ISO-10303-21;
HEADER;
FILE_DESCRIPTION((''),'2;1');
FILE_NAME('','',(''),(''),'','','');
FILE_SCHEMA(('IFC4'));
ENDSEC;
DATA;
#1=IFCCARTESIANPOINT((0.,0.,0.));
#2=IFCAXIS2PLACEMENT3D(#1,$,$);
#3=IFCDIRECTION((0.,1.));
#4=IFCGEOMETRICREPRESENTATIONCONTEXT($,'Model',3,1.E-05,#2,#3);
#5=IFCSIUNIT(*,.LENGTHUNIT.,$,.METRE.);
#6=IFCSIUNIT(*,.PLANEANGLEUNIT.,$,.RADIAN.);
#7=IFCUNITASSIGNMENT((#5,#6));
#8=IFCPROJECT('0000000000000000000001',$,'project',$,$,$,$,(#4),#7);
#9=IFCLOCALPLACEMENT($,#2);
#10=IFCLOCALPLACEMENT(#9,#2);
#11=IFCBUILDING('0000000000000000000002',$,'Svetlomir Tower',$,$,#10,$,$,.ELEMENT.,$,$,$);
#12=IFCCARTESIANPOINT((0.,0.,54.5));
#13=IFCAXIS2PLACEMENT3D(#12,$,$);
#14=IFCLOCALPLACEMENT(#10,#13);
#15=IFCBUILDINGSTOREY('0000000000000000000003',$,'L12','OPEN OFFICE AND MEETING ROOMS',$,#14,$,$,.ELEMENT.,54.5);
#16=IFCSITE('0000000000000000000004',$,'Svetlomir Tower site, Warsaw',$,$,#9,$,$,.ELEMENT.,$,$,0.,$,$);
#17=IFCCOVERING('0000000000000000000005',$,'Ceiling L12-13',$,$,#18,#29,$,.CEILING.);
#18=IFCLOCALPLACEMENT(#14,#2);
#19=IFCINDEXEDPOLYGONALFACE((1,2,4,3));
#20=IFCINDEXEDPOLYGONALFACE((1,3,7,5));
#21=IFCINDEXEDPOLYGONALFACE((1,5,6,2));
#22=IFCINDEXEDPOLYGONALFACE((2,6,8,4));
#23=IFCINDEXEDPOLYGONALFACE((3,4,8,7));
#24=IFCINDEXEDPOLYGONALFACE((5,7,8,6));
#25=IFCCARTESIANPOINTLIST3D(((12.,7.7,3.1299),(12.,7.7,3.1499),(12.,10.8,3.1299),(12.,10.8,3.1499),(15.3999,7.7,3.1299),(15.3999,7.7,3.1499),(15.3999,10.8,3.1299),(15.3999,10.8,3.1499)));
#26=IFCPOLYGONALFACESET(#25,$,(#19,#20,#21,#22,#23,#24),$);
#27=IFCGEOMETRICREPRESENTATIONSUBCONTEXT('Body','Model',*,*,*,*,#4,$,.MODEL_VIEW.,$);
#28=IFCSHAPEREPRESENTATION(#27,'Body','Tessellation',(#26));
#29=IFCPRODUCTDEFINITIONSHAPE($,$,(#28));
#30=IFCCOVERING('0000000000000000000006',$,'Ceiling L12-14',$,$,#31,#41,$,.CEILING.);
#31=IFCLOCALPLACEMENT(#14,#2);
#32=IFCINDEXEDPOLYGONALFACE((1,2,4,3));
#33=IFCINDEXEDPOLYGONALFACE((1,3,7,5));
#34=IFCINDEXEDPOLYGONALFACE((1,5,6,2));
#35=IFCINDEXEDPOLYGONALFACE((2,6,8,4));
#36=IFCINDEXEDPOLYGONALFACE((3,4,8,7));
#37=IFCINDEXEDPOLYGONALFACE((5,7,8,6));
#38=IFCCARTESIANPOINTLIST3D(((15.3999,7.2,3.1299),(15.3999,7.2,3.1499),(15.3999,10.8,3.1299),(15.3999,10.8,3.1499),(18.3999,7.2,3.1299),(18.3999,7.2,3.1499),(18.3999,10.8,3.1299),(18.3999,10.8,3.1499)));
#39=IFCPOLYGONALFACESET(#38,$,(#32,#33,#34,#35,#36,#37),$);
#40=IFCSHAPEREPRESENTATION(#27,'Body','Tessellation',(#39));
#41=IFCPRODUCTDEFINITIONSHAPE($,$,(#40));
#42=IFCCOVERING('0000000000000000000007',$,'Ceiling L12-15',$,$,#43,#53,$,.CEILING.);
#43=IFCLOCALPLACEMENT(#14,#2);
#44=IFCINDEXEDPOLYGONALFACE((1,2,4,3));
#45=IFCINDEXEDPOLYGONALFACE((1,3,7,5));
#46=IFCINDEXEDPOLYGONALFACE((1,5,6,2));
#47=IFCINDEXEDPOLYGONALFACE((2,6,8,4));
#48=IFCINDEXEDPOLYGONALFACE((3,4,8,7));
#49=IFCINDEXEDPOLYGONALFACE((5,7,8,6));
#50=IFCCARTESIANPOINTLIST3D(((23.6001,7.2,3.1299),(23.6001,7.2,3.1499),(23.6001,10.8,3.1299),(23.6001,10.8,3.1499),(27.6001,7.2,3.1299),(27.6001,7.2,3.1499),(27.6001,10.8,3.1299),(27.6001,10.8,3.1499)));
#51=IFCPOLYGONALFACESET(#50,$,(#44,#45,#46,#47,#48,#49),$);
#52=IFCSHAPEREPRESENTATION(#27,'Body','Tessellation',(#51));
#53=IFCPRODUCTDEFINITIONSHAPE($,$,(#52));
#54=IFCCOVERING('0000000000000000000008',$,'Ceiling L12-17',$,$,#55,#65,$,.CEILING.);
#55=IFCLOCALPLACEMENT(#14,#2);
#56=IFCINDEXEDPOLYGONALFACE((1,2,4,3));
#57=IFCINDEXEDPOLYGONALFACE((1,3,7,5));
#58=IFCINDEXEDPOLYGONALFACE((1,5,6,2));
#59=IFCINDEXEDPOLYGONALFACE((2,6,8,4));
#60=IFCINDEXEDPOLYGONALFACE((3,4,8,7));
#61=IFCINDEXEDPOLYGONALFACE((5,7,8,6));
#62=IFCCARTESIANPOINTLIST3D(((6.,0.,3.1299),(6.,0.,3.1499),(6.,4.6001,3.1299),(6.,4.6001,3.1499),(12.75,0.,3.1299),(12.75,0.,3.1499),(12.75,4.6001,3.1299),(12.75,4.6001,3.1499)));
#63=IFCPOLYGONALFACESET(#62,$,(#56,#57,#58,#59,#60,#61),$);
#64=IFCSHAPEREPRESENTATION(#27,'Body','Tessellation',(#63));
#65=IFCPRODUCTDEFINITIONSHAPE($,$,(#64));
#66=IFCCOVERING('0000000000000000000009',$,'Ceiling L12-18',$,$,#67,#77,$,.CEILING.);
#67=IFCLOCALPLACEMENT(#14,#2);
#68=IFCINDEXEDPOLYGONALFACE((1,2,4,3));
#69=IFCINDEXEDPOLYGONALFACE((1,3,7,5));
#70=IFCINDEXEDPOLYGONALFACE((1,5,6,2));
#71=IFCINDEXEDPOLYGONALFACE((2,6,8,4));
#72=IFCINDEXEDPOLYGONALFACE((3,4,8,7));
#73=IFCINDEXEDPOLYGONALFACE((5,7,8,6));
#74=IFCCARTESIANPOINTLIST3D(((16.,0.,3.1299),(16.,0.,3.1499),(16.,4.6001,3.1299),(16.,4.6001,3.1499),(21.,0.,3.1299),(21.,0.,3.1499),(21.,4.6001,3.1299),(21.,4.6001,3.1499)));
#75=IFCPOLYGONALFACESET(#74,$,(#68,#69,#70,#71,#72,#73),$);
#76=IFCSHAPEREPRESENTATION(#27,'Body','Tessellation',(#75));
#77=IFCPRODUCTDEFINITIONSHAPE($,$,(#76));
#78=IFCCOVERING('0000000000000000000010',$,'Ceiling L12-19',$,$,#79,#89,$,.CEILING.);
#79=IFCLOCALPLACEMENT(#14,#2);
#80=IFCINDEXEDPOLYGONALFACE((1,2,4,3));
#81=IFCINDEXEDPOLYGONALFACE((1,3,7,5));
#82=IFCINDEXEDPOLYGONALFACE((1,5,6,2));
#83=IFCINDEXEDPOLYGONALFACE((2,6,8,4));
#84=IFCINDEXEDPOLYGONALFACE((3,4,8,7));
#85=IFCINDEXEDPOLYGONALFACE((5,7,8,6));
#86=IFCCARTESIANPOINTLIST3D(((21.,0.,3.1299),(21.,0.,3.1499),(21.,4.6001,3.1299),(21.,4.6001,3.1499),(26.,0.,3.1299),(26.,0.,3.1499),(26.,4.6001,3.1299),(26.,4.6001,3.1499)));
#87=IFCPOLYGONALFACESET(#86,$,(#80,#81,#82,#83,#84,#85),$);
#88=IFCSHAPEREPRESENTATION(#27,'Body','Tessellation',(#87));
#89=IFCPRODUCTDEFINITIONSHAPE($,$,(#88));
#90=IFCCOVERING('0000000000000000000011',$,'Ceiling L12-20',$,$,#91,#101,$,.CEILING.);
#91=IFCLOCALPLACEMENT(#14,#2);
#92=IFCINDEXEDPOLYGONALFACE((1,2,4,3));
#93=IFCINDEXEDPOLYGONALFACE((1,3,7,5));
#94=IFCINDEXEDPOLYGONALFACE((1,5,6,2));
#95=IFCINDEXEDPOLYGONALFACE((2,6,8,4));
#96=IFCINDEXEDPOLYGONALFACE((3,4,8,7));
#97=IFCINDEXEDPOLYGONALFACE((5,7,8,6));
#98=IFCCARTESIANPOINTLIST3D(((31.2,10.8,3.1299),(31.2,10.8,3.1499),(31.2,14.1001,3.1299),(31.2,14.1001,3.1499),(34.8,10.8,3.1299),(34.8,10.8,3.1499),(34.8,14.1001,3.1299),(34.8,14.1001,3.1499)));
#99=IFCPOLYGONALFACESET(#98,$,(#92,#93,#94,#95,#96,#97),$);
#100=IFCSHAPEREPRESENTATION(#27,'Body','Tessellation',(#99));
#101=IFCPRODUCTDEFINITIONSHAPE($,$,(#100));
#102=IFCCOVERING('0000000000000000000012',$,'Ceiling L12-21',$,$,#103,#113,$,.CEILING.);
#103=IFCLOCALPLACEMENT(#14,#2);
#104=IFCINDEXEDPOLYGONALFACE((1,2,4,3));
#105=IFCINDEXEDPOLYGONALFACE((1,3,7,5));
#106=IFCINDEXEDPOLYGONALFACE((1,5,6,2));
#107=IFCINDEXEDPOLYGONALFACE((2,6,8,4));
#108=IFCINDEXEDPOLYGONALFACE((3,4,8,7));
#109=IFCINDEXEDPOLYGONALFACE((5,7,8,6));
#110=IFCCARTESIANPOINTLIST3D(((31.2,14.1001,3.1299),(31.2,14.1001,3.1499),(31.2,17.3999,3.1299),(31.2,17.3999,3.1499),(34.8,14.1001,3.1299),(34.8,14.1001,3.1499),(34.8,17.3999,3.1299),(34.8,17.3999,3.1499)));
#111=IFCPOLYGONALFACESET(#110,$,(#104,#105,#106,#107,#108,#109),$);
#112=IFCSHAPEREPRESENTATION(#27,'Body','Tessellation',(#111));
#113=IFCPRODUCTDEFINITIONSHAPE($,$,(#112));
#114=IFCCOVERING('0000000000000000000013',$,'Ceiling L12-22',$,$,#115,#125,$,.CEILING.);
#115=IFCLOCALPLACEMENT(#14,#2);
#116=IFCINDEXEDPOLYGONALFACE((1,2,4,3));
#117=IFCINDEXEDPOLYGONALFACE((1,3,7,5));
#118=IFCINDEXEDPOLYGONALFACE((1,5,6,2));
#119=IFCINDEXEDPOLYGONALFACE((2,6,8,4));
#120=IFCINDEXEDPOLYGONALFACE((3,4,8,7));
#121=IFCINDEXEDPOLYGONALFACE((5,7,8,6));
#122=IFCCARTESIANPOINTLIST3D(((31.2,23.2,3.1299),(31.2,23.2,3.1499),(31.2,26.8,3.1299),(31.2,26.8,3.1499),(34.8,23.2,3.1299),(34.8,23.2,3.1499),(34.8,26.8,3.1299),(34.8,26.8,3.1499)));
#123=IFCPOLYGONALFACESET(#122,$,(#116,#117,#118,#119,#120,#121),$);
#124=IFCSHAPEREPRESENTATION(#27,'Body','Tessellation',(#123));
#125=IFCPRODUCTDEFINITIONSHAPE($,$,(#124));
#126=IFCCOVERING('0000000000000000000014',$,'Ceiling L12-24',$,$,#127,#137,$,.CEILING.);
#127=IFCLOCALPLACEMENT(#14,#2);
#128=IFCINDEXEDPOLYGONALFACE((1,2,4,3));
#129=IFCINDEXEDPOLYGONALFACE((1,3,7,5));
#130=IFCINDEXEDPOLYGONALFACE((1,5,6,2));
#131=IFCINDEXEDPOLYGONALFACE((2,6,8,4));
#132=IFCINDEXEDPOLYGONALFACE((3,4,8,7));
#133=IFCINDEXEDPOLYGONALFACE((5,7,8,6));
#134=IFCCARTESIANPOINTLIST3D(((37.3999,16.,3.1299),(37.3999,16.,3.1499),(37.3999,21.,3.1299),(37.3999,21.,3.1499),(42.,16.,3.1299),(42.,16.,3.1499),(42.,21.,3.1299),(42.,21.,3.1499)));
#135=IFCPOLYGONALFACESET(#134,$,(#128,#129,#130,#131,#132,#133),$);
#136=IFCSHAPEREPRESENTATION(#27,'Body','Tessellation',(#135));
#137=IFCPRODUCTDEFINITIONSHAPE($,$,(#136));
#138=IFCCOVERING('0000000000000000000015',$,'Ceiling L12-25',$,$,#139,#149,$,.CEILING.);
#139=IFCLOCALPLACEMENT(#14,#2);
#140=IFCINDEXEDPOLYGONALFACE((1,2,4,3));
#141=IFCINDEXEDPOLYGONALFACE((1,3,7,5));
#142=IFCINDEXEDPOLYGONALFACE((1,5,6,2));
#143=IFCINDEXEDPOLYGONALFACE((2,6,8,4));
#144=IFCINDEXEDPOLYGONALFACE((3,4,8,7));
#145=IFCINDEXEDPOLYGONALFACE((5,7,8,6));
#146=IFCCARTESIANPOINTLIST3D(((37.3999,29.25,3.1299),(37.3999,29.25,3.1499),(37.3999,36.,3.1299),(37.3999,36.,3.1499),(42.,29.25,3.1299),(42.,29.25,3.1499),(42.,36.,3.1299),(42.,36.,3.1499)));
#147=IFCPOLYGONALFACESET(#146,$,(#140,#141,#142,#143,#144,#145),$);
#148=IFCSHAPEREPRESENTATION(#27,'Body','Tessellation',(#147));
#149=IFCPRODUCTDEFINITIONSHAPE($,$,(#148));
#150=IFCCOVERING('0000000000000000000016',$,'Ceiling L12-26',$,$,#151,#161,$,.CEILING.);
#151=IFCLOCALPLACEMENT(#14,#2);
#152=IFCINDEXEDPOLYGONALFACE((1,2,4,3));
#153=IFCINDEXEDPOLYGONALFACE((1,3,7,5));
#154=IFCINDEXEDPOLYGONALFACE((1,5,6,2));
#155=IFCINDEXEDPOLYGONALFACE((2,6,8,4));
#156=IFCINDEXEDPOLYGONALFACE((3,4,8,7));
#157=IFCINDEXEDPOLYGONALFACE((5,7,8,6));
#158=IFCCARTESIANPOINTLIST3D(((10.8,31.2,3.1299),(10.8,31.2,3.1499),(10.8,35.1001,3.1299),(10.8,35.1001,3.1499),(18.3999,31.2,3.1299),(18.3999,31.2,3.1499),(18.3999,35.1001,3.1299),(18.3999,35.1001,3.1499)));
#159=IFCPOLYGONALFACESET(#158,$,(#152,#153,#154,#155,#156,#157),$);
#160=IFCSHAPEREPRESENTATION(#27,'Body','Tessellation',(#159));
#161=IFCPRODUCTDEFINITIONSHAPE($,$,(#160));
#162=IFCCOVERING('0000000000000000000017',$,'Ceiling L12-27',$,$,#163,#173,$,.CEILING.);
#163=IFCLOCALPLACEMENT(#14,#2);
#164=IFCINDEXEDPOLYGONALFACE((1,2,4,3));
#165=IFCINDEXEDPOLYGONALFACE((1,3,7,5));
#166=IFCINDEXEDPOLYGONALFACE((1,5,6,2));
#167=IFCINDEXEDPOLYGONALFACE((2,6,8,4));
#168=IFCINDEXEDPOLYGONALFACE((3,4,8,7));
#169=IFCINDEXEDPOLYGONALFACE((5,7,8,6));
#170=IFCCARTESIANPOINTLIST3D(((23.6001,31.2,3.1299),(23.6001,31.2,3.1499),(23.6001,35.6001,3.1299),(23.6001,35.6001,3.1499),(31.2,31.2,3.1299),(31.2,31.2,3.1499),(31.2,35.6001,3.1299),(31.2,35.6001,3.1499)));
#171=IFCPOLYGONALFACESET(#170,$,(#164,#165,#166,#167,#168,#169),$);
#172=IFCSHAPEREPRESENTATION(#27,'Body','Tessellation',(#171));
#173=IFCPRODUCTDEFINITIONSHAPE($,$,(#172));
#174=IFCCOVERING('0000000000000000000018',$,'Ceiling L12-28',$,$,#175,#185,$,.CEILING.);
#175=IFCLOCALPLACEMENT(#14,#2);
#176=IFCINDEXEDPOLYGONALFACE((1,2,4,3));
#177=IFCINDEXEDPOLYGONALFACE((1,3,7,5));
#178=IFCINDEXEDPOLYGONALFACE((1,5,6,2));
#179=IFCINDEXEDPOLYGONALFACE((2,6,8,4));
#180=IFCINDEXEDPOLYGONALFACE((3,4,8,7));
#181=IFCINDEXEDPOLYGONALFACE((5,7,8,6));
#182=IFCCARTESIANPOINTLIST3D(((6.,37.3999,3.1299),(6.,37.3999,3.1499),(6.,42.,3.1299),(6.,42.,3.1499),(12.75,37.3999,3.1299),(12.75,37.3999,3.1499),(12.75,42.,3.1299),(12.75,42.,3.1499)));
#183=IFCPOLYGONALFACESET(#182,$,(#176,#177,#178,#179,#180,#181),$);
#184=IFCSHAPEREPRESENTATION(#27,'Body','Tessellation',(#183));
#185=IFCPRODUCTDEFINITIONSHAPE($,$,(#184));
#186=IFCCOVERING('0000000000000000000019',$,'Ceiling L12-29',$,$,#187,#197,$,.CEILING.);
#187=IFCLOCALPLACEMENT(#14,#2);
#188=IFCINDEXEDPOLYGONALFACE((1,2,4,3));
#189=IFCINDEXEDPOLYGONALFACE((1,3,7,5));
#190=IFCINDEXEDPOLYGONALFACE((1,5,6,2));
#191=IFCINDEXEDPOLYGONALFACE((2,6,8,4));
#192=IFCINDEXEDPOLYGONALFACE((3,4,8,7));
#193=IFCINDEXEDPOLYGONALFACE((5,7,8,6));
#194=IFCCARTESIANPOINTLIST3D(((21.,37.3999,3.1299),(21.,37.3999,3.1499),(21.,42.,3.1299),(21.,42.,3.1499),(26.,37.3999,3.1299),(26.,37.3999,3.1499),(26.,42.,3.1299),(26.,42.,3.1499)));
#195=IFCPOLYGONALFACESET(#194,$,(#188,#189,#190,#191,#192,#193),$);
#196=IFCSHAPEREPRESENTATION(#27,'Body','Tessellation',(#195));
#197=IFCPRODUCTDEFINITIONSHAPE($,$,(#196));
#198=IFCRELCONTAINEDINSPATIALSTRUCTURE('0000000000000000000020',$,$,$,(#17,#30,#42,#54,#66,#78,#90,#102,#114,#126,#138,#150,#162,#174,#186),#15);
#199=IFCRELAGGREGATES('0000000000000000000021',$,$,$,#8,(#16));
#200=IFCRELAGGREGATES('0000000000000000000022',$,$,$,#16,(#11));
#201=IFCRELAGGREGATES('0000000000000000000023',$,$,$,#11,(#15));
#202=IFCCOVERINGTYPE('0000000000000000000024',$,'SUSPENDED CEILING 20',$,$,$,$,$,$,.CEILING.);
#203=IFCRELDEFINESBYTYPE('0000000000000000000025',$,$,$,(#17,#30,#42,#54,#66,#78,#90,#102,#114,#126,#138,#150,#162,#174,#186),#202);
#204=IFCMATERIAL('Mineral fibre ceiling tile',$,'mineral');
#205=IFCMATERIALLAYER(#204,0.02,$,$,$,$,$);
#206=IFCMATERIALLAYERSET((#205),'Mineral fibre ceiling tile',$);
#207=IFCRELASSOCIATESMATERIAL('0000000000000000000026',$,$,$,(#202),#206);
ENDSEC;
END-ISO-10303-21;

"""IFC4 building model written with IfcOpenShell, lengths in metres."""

from ifc_helpers import new_model, si_unit, direction, frame, origin, place, context, subcontext, project, spatial, polyline, outline, extrude, material, layer, layer_set, type_object, element, save


model = new_model("IFC4")

# Units and contexts
model_context = context("Model", 3, precision=1e-05, world=origin(), true_north=direction((0.0, 1.0)))
body_context = subcontext(model_context, "Body", "Model", "MODEL_VIEW")
ifc_project = project(units=[si_unit("LENGTHUNIT", "METRE"), si_unit("PLANEANGLEUNIT", "RADIAN")], contexts=[model_context])

# Site, building, storey
site_placement = place(None, origin())
site = spatial("IfcSite", under=ifc_project, at=site_placement, Name="Svetlomir Tower site, Warsaw", CompositionType="ELEMENT", RefElevation=0.0)
building_placement = place(site_placement, origin())
building = spatial("IfcBuilding", under=site, at=building_placement, Name="Svetlomir Tower", CompositionType="ELEMENT")
storey_placement = place(building_placement, frame((0.0, 0.0, 54.5)))
storey = spatial("IfcBuildingStorey", under=building, at=storey_placement, Name="L12", Description="OPEN OFFICE AND MEETING ROOMS", CompositionType="ELEMENT", Elevation=54.5)

# Coverings
ifc_material_1 = material(Name="Mineral fibre ceiling tile", Category="mineral")
ifc_layer_1 = layer(ifc_material_1, 0.02)
ifc_layer_set_1 = layer_set([ifc_layer_1], Name="Mineral fibre ceiling tile")
covering_type_1 = type_object("IfcCoveringType", Name="SUSPENDED CEILING 20", PredefinedType="CEILING", material=ifc_layer_set_1)
covering_1_placement = place(storey_placement, frame((0.0, 0.0, 3.1299)))
element("IfcCovering", 1, at=covering_1_placement, inside=storey, type_object=covering_type_1, Name="Ceiling L12-13", PredefinedType="CEILING", context=body_context, shape_type="SweptSolid", body=[
    extrude(outline(polyline([(12.0, 7.7), (15.3999, 7.7), (15.3999, 10.8), (12.0, 10.8), (12.0, 7.7)])), origin(), (0.0, 0.0, 1.0), 0.02),
])
covering_2_placement = place(storey_placement, frame((0.0, 0.0, 3.1299)))
element("IfcCovering", 2, at=covering_2_placement, inside=storey, type_object=covering_type_1, Name="Ceiling L12-14", PredefinedType="CEILING", context=body_context, shape_type="SweptSolid", body=[
    extrude(outline(polyline([(15.3999, 7.2), (18.3999, 7.2), (18.3999, 10.8), (15.3999, 10.8), (15.3999, 7.2)])), origin(), (0.0, 0.0, 1.0), 0.02),
])
covering_3_placement = place(storey_placement, frame((0.0, 0.0, 3.1299)))
element("IfcCovering", 3, at=covering_3_placement, inside=storey, type_object=covering_type_1, Name="Ceiling L12-15", PredefinedType="CEILING", context=body_context, shape_type="SweptSolid", body=[
    extrude(outline(polyline([(23.6001, 7.2), (27.6001, 7.2), (27.6001, 10.8), (23.6001, 10.8), (23.6001, 7.2)])), origin(), (0.0, 0.0, 1.0), 0.02),
])
covering_4_placement = place(storey_placement, frame((0.0, 0.0, 3.1299)))
element("IfcCovering", 4, at=covering_4_placement, inside=storey, type_object=covering_type_1, Name="Ceiling L12-17", PredefinedType="CEILING", context=body_context, shape_type="SweptSolid", body=[
    extrude(outline(polyline([(6.0, 0.0), (12.75, 0.0), (12.75, 4.6001), (6.0, 4.6001), (6.0, 0.0)])), origin(), (0.0, 0.0, 1.0), 0.02),
])
covering_5_placement = place(storey_placement, frame((0.0, 0.0, 3.1299)))
element("IfcCovering", 5, at=covering_5_placement, inside=storey, type_object=covering_type_1, Name="Ceiling L12-18", PredefinedType="CEILING", context=body_context, shape_type="SweptSolid", body=[
    extrude(outline(polyline([(16.0, 0.0), (21.0, 0.0), (21.0, 4.6001), (16.0, 4.6001), (16.0, 0.0)])), origin(), (0.0, 0.0, 1.0), 0.02),
])
covering_6_placement = place(storey_placement, frame((0.0, 0.0, 3.1299)))
element("IfcCovering", 6, at=covering_6_placement, inside=storey, type_object=covering_type_1, Name="Ceiling L12-19", PredefinedType="CEILING", context=body_context, shape_type="SweptSolid", body=[
    extrude(outline(polyline([(21.0, 0.0), (26.0, 0.0), (26.0, 4.6001), (21.0, 4.6001), (21.0, 0.0)])), origin(), (0.0, 0.0, 1.0), 0.02),
])
covering_7_placement = place(storey_placement, frame((0.0, 0.0, 3.1299)))
element("IfcCovering", 7, at=covering_7_placement, inside=storey, type_object=covering_type_1, Name="Ceiling L12-20", PredefinedType="CEILING", context=body_context, shape_type="SweptSolid", body=[
    extrude(outline(polyline([(31.2, 10.8), (34.8, 10.8), (34.8, 14.1001), (31.2, 14.1001), (31.2, 10.8)])), origin(), (0.0, 0.0, 1.0), 0.02),
])
covering_8_placement = place(storey_placement, frame((0.0, 0.0, 3.1299)))
element("IfcCovering", 8, at=covering_8_placement, inside=storey, type_object=covering_type_1, Name="Ceiling L12-21", PredefinedType="CEILING", context=body_context, shape_type="SweptSolid", body=[
    extrude(outline(polyline([(31.2, 14.1001), (34.8, 14.1001), (34.8, 17.3999), (31.2, 17.3999), (31.2, 14.1001)])), origin(), (0.0, 0.0, 1.0), 0.02),
])
covering_9_placement = place(storey_placement, frame((0.0, 0.0, 3.1299)))
element("IfcCovering", 9, at=covering_9_placement, inside=storey, type_object=covering_type_1, Name="Ceiling L12-22", PredefinedType="CEILING", context=body_context, shape_type="SweptSolid", body=[
    extrude(outline(polyline([(31.2, 23.2), (34.8, 23.2), (34.8, 26.8), (31.2, 26.8), (31.2, 23.2)])), origin(), (0.0, 0.0, 1.0), 0.02),
])
covering_10_placement = place(storey_placement, frame((0.0, 0.0, 3.1299)))
element("IfcCovering", 10, at=covering_10_placement, inside=storey, type_object=covering_type_1, Name="Ceiling L12-24", PredefinedType="CEILING", context=body_context, shape_type="SweptSolid", body=[
    extrude(outline(polyline([(37.3999, 16.0), (42.0, 16.0), (42.0, 21.0), (37.3999, 21.0), (37.3999, 16.0)])), origin(), (0.0, 0.0, 1.0), 0.02),
])
covering_11_placement = place(storey_placement, frame((0.0, 0.0, 3.1299)))
element("IfcCovering", 11, at=covering_11_placement, inside=storey, type_object=covering_type_1, Name="Ceiling L12-25", PredefinedType="CEILING", context=body_context, shape_type="SweptSolid", body=[
    extrude(outline(polyline([(37.3999, 29.25), (42.0, 29.25), (42.0, 36.0), (37.3999, 36.0), (37.3999, 29.25)])), origin(), (0.0, 0.0, 1.0), 0.02),
])
covering_12_placement = place(storey_placement, frame((0.0, 0.0, 3.1299)))
element("IfcCovering", 12, at=covering_12_placement, inside=storey, type_object=covering_type_1, Name="Ceiling L12-26", PredefinedType="CEILING", context=body_context, shape_type="SweptSolid", body=[
    extrude(outline(polyline([(10.8, 31.2), (18.3999, 31.2), (18.3999, 35.1001), (10.8, 35.1001), (10.8, 31.2)])), origin(), (0.0, 0.0, 1.0), 0.02),
])
covering_13_placement = place(storey_placement, frame((0.0, 0.0, 3.1299)))
element("IfcCovering", 13, at=covering_13_placement, inside=storey, type_object=covering_type_1, Name="Ceiling L12-27", PredefinedType="CEILING", context=body_context, shape_type="SweptSolid", body=[
    extrude(outline(polyline([(23.6001, 31.2), (31.2, 31.2), (31.2, 35.6001), (23.6001, 35.6001), (23.6001, 31.2)])), origin(), (0.0, 0.0, 1.0), 0.02),
])
covering_14_placement = place(storey_placement, frame((0.0, 0.0, 3.1299)))
element("IfcCovering", 14, at=covering_14_placement, inside=storey, type_object=covering_type_1, Name="Ceiling L12-28", PredefinedType="CEILING", context=body_context, shape_type="SweptSolid", body=[
    extrude(outline(polyline([(6.0, 37.3999), (12.75, 37.3999), (12.75, 42.0), (6.0, 42.0), (6.0, 37.3999)])), origin(), (0.0, 0.0, 1.0), 0.02),
])
covering_15_placement = place(storey_placement, frame((0.0, 0.0, 3.1299)))
element("IfcCovering", 15, at=covering_15_placement, inside=storey, type_object=covering_type_1, Name="Ceiling L12-29", PredefinedType="CEILING", context=body_context, shape_type="SweptSolid", body=[
    extrude(outline(polyline([(21.0, 37.3999), (26.0, 37.3999), (26.0, 42.0), (21.0, 42.0), (21.0, 37.3999)])), origin(), (0.0, 0.0, 1.0), 0.02),
])

save(model, "model.ifc")
